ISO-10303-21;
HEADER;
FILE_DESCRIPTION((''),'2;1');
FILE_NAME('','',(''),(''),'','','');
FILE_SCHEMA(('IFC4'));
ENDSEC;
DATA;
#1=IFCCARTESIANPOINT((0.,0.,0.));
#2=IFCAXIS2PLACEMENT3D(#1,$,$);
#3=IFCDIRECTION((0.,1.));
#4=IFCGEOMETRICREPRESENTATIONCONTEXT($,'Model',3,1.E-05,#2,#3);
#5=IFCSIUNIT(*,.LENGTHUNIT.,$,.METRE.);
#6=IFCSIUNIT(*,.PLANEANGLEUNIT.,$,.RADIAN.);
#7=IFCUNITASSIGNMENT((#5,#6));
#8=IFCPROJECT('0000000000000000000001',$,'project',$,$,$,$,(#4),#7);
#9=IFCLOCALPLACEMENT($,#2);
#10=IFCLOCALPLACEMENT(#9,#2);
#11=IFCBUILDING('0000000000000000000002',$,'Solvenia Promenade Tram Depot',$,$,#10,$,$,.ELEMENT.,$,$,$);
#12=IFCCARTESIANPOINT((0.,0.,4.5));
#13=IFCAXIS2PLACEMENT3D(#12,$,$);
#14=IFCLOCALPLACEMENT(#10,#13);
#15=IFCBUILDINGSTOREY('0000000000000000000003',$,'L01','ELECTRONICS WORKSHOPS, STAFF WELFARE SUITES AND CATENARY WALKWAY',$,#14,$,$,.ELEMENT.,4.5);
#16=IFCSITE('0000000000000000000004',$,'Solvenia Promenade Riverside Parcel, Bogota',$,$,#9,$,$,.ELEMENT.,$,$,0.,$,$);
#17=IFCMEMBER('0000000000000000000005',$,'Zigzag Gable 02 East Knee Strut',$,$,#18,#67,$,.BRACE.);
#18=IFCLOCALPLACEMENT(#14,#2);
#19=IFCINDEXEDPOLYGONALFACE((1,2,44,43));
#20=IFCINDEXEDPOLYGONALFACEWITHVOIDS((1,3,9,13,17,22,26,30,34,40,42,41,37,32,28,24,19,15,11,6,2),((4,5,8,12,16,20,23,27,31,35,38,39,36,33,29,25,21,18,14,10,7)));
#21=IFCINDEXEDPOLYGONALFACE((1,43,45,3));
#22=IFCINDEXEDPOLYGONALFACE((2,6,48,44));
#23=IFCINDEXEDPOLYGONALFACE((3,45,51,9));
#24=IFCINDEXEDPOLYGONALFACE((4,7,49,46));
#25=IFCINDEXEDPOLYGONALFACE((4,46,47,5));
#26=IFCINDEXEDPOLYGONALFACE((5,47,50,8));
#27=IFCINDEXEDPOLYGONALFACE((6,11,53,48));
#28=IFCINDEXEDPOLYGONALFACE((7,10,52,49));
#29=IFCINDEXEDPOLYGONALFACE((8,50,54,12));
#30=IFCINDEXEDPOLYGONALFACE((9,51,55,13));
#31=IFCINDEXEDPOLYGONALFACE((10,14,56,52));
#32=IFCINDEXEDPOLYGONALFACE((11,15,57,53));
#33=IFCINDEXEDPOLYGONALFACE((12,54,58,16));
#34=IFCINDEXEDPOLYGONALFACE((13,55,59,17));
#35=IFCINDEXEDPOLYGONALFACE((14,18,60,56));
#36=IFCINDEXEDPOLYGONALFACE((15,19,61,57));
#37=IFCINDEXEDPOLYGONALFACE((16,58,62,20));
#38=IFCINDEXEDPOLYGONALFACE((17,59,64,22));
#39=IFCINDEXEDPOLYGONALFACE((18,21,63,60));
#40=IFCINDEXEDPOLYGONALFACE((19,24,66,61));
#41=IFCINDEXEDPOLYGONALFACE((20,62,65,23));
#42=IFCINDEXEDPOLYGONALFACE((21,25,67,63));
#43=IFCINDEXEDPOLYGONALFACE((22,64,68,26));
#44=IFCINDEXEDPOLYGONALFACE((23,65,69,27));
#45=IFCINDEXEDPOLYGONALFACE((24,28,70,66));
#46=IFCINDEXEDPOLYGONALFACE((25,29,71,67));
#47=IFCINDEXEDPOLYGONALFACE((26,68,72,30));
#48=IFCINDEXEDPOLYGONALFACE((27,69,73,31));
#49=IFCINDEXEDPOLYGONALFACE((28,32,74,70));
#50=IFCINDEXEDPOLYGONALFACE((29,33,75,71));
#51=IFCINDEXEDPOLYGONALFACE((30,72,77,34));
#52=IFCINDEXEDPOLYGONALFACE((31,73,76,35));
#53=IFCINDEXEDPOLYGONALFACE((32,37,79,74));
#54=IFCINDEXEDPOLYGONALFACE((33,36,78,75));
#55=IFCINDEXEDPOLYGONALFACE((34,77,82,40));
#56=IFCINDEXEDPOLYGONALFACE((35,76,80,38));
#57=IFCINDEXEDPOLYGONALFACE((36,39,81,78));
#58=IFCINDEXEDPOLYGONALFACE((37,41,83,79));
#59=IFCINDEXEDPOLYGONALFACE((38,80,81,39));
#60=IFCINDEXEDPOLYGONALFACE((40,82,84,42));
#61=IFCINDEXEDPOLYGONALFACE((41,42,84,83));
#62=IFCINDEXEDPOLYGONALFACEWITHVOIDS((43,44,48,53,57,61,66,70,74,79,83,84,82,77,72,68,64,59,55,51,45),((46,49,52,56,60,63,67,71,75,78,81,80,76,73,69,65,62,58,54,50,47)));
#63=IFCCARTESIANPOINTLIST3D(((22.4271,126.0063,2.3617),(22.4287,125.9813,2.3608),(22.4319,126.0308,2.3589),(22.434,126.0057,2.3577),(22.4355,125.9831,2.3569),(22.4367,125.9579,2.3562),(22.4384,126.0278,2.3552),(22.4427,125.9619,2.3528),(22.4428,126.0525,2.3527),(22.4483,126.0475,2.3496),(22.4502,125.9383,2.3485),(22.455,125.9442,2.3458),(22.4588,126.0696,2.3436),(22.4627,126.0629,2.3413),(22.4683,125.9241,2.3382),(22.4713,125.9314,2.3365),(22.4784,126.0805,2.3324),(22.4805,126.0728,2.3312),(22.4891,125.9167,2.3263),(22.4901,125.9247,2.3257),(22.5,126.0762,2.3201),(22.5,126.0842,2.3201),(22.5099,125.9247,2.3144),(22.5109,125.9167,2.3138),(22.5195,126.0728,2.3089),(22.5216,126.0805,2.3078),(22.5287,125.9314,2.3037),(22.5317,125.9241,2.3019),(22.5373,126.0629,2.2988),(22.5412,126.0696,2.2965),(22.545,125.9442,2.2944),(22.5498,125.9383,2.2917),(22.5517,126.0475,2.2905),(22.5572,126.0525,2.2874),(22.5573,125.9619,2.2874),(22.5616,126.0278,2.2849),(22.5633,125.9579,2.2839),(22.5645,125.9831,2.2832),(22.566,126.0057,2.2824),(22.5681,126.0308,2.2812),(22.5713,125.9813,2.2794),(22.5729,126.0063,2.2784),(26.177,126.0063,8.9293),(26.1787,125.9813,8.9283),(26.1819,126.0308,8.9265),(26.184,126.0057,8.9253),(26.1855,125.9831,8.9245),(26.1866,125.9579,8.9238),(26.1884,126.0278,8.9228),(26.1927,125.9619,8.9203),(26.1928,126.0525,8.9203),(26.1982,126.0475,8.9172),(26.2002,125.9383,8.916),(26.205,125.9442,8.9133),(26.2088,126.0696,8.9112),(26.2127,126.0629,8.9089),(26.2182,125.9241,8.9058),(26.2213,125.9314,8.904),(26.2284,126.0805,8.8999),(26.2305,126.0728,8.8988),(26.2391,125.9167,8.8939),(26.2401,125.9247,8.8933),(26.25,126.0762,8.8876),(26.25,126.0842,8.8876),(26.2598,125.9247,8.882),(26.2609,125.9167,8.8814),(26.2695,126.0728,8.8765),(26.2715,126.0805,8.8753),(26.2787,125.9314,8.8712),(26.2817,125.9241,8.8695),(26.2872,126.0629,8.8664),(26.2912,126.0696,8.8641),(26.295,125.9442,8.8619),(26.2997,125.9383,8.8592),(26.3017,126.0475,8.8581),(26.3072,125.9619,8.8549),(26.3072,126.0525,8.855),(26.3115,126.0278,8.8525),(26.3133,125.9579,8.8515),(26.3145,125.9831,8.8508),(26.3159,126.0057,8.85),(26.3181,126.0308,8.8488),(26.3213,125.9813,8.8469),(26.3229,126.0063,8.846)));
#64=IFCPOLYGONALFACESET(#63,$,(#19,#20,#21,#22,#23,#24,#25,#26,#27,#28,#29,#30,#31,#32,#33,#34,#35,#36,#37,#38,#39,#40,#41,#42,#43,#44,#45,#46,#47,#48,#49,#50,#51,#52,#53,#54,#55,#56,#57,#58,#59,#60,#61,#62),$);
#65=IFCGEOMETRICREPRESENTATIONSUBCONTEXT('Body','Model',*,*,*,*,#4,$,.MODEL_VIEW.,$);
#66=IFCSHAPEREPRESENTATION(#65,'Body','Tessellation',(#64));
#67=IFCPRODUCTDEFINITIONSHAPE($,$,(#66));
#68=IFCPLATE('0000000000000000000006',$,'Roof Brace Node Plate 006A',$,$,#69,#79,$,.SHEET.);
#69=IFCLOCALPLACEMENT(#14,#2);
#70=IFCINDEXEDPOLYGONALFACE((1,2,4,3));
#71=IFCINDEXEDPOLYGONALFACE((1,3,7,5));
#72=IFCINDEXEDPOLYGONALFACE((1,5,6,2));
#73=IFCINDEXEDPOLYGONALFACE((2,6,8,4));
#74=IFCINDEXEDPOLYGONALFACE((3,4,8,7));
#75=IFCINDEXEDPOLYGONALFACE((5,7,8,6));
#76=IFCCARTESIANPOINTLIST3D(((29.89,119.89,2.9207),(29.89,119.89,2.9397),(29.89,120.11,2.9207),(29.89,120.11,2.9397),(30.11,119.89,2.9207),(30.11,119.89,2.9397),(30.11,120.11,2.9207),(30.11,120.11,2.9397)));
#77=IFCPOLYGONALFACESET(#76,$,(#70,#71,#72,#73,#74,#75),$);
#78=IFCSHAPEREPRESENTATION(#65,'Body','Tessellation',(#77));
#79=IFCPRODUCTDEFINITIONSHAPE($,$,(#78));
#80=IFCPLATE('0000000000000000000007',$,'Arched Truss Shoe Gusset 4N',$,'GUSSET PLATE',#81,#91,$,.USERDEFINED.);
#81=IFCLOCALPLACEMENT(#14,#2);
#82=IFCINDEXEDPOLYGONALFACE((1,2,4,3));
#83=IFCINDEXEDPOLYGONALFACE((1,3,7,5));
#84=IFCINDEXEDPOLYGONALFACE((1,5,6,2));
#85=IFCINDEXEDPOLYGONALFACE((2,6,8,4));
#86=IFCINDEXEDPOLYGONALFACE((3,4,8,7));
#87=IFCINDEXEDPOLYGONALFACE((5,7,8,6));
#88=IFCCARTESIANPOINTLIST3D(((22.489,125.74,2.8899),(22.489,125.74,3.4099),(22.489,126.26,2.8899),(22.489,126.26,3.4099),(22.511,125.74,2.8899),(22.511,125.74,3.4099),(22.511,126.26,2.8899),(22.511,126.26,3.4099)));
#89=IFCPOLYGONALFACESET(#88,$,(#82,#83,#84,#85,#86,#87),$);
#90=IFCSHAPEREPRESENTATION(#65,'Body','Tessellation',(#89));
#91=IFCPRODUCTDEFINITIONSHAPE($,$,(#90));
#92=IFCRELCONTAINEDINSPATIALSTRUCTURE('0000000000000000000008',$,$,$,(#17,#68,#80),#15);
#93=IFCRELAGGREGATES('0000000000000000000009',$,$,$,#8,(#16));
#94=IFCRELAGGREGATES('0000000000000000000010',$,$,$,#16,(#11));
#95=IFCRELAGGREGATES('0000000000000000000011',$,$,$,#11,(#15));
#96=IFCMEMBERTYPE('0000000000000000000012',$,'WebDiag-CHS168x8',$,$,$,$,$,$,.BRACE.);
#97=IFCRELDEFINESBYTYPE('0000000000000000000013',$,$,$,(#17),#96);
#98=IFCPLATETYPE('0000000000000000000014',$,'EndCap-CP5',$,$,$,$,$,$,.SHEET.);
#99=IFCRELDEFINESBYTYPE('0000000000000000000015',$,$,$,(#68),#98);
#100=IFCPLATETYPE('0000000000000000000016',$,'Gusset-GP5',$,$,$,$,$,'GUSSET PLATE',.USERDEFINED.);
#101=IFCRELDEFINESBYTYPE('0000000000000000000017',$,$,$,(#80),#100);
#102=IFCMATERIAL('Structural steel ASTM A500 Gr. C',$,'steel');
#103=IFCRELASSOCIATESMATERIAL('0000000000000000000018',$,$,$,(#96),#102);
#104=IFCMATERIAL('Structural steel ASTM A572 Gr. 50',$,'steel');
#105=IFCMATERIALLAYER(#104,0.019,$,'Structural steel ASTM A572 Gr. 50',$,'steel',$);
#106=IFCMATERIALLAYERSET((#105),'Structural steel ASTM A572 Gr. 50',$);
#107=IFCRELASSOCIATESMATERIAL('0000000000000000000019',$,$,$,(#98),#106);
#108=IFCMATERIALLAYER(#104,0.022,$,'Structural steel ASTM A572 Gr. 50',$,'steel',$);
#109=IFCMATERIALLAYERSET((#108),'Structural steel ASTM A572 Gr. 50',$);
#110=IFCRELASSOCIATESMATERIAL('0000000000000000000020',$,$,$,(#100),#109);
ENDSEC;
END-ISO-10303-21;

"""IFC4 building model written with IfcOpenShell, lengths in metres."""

from ifc_helpers import new_model, si_unit, direction, frame, origin, origin_2d, place, context, subcontext, project, spatial, rectangle, hollow_circle, extrude, material, layer, layer_set, material_profile, profile_set, type_object, element, save


model = new_model("IFC4")

# Units and contexts
model_context = context("Model", 3, precision=1e-05, world=origin(), true_north=direction((0.0, 1.0)))
body_context = subcontext(model_context, "Body", "Model", "MODEL_VIEW")
ifc_project = project(units=[si_unit("LENGTHUNIT", "METRE"), si_unit("PLANEANGLEUNIT", "RADIAN")], contexts=[model_context])

# Site, building, storey
site_placement = place(None, origin())
site = spatial("IfcSite", under=ifc_project, at=site_placement, Name="Solvenia Promenade Riverside Parcel, Bogota", CompositionType="ELEMENT", RefElevation=0.0)
building_placement = place(site_placement, origin())
building = spatial("IfcBuilding", under=site, at=building_placement, Name="Solvenia Promenade Tram Depot", CompositionType="ELEMENT")
storey_placement = place(building_placement, frame((0.0, 0.0, 4.5)))
storey = spatial("IfcBuildingStorey", under=building, at=storey_placement, Name="L01", Description="ELECTRONICS WORKSHOPS, STAFF WELFARE SUITES AND CATENARY WALKWAY", CompositionType="ELEMENT", Elevation=4.5)

# Shared definitions
ifc_material_1 = material(Name="Structural steel ASTM A500 Gr. C", Category="steel")

# Member
ifc_material_profile_1 = material_profile(ifc_material_1, hollow_circle(Radius=0.0842, WallThickness=0.0081, at=origin_2d()), Name="CHS168.3x8", Category="steel")
ifc_profile_set_1 = profile_set([ifc_material_profile_1], Name="Structural steel ASTM A500 Gr. C")
member_type_1 = type_object("IfcMemberType", Name="WebDiag-CHS168x8", PredefinedType="BRACE", material=ifc_profile_set_1)
for number, where, z_axis, x_axis, name in (
    (1, (22.5, 126.0, 2.3201), (0.495847, 0.0, 0.86841), (0.0, 1.0, 0.0), "Zigzag Gable 02 East Knee Strut"),
):
    element("IfcMember", number, at=place(storey_placement, frame(where, z_axis=z_axis, x_axis=x_axis)), inside=storey, type_object=member_type_1, Name=name, PredefinedType="BRACE", context=body_context, shape_type="SweptSolid", body=[
        extrude(hollow_circle(Radius=0.0842, WallThickness=0.0081, at=origin_2d()), origin(), (0.0, 0.0, 1.0), 7.5627),
    ])

# Plates
ifc_material_2 = material(Name="Structural steel ASTM A572 Gr. 50", Category="steel")
ifc_layer_1 = layer(ifc_material_2, 0.019, Name="Structural steel ASTM A572 Gr. 50", Category="steel")
ifc_layer_set_1 = layer_set([ifc_layer_1], Name="Structural steel ASTM A572 Gr. 50")
plate_type_1 = type_object("IfcPlateType", Name="EndCap-CP5", PredefinedType="SHEET", material=ifc_layer_set_1)
plate_1_placement = place(storey_placement, frame((30.0, 120.0, 2.9207), z_axis=(0.0, 0.0, 1.0), x_axis=(1.0, 0.0, 0.0)))
element("IfcPlate", 2, at=plate_1_placement, inside=storey, type_object=plate_type_1, Name="Roof Brace Node Plate 006A", PredefinedType="SHEET", context=body_context, shape_type="SweptSolid", body=[
    extrude(rectangle(XDim=0.22, YDim=0.22, at=origin_2d()), origin(), (0.0, 0.0, 1.0), 0.019),
])
ifc_layer_2 = layer(ifc_material_2, 0.022, Name="Structural steel ASTM A572 Gr. 50", Category="steel")
ifc_layer_set_2 = layer_set([ifc_layer_2], Name="Structural steel ASTM A572 Gr. 50")
plate_type_2 = type_object("IfcPlateType", Name="Gusset-GP5", ElementType="GUSSET PLATE", PredefinedType="USERDEFINED", material=ifc_layer_set_2)
plate_2_placement = place(storey_placement, frame((22.5, 126.0, 2.8899), z_axis=(0.0, 0.0, 1.0), x_axis=(1.0, 0.0, 0.0)))
element("IfcPlate", 3, at=plate_2_placement, inside=storey, type_object=plate_type_2, Name="Arched Truss Shoe Gusset 4N", ObjectType="GUSSET PLATE", PredefinedType="USERDEFINED", context=body_context, shape_type="SweptSolid", body=[
    extrude(rectangle(XDim=0.022, YDim=0.52, at=origin_2d()), origin(), (0.0, 0.0, 1.0), 0.52),
])

save(model, "model.ifc")
